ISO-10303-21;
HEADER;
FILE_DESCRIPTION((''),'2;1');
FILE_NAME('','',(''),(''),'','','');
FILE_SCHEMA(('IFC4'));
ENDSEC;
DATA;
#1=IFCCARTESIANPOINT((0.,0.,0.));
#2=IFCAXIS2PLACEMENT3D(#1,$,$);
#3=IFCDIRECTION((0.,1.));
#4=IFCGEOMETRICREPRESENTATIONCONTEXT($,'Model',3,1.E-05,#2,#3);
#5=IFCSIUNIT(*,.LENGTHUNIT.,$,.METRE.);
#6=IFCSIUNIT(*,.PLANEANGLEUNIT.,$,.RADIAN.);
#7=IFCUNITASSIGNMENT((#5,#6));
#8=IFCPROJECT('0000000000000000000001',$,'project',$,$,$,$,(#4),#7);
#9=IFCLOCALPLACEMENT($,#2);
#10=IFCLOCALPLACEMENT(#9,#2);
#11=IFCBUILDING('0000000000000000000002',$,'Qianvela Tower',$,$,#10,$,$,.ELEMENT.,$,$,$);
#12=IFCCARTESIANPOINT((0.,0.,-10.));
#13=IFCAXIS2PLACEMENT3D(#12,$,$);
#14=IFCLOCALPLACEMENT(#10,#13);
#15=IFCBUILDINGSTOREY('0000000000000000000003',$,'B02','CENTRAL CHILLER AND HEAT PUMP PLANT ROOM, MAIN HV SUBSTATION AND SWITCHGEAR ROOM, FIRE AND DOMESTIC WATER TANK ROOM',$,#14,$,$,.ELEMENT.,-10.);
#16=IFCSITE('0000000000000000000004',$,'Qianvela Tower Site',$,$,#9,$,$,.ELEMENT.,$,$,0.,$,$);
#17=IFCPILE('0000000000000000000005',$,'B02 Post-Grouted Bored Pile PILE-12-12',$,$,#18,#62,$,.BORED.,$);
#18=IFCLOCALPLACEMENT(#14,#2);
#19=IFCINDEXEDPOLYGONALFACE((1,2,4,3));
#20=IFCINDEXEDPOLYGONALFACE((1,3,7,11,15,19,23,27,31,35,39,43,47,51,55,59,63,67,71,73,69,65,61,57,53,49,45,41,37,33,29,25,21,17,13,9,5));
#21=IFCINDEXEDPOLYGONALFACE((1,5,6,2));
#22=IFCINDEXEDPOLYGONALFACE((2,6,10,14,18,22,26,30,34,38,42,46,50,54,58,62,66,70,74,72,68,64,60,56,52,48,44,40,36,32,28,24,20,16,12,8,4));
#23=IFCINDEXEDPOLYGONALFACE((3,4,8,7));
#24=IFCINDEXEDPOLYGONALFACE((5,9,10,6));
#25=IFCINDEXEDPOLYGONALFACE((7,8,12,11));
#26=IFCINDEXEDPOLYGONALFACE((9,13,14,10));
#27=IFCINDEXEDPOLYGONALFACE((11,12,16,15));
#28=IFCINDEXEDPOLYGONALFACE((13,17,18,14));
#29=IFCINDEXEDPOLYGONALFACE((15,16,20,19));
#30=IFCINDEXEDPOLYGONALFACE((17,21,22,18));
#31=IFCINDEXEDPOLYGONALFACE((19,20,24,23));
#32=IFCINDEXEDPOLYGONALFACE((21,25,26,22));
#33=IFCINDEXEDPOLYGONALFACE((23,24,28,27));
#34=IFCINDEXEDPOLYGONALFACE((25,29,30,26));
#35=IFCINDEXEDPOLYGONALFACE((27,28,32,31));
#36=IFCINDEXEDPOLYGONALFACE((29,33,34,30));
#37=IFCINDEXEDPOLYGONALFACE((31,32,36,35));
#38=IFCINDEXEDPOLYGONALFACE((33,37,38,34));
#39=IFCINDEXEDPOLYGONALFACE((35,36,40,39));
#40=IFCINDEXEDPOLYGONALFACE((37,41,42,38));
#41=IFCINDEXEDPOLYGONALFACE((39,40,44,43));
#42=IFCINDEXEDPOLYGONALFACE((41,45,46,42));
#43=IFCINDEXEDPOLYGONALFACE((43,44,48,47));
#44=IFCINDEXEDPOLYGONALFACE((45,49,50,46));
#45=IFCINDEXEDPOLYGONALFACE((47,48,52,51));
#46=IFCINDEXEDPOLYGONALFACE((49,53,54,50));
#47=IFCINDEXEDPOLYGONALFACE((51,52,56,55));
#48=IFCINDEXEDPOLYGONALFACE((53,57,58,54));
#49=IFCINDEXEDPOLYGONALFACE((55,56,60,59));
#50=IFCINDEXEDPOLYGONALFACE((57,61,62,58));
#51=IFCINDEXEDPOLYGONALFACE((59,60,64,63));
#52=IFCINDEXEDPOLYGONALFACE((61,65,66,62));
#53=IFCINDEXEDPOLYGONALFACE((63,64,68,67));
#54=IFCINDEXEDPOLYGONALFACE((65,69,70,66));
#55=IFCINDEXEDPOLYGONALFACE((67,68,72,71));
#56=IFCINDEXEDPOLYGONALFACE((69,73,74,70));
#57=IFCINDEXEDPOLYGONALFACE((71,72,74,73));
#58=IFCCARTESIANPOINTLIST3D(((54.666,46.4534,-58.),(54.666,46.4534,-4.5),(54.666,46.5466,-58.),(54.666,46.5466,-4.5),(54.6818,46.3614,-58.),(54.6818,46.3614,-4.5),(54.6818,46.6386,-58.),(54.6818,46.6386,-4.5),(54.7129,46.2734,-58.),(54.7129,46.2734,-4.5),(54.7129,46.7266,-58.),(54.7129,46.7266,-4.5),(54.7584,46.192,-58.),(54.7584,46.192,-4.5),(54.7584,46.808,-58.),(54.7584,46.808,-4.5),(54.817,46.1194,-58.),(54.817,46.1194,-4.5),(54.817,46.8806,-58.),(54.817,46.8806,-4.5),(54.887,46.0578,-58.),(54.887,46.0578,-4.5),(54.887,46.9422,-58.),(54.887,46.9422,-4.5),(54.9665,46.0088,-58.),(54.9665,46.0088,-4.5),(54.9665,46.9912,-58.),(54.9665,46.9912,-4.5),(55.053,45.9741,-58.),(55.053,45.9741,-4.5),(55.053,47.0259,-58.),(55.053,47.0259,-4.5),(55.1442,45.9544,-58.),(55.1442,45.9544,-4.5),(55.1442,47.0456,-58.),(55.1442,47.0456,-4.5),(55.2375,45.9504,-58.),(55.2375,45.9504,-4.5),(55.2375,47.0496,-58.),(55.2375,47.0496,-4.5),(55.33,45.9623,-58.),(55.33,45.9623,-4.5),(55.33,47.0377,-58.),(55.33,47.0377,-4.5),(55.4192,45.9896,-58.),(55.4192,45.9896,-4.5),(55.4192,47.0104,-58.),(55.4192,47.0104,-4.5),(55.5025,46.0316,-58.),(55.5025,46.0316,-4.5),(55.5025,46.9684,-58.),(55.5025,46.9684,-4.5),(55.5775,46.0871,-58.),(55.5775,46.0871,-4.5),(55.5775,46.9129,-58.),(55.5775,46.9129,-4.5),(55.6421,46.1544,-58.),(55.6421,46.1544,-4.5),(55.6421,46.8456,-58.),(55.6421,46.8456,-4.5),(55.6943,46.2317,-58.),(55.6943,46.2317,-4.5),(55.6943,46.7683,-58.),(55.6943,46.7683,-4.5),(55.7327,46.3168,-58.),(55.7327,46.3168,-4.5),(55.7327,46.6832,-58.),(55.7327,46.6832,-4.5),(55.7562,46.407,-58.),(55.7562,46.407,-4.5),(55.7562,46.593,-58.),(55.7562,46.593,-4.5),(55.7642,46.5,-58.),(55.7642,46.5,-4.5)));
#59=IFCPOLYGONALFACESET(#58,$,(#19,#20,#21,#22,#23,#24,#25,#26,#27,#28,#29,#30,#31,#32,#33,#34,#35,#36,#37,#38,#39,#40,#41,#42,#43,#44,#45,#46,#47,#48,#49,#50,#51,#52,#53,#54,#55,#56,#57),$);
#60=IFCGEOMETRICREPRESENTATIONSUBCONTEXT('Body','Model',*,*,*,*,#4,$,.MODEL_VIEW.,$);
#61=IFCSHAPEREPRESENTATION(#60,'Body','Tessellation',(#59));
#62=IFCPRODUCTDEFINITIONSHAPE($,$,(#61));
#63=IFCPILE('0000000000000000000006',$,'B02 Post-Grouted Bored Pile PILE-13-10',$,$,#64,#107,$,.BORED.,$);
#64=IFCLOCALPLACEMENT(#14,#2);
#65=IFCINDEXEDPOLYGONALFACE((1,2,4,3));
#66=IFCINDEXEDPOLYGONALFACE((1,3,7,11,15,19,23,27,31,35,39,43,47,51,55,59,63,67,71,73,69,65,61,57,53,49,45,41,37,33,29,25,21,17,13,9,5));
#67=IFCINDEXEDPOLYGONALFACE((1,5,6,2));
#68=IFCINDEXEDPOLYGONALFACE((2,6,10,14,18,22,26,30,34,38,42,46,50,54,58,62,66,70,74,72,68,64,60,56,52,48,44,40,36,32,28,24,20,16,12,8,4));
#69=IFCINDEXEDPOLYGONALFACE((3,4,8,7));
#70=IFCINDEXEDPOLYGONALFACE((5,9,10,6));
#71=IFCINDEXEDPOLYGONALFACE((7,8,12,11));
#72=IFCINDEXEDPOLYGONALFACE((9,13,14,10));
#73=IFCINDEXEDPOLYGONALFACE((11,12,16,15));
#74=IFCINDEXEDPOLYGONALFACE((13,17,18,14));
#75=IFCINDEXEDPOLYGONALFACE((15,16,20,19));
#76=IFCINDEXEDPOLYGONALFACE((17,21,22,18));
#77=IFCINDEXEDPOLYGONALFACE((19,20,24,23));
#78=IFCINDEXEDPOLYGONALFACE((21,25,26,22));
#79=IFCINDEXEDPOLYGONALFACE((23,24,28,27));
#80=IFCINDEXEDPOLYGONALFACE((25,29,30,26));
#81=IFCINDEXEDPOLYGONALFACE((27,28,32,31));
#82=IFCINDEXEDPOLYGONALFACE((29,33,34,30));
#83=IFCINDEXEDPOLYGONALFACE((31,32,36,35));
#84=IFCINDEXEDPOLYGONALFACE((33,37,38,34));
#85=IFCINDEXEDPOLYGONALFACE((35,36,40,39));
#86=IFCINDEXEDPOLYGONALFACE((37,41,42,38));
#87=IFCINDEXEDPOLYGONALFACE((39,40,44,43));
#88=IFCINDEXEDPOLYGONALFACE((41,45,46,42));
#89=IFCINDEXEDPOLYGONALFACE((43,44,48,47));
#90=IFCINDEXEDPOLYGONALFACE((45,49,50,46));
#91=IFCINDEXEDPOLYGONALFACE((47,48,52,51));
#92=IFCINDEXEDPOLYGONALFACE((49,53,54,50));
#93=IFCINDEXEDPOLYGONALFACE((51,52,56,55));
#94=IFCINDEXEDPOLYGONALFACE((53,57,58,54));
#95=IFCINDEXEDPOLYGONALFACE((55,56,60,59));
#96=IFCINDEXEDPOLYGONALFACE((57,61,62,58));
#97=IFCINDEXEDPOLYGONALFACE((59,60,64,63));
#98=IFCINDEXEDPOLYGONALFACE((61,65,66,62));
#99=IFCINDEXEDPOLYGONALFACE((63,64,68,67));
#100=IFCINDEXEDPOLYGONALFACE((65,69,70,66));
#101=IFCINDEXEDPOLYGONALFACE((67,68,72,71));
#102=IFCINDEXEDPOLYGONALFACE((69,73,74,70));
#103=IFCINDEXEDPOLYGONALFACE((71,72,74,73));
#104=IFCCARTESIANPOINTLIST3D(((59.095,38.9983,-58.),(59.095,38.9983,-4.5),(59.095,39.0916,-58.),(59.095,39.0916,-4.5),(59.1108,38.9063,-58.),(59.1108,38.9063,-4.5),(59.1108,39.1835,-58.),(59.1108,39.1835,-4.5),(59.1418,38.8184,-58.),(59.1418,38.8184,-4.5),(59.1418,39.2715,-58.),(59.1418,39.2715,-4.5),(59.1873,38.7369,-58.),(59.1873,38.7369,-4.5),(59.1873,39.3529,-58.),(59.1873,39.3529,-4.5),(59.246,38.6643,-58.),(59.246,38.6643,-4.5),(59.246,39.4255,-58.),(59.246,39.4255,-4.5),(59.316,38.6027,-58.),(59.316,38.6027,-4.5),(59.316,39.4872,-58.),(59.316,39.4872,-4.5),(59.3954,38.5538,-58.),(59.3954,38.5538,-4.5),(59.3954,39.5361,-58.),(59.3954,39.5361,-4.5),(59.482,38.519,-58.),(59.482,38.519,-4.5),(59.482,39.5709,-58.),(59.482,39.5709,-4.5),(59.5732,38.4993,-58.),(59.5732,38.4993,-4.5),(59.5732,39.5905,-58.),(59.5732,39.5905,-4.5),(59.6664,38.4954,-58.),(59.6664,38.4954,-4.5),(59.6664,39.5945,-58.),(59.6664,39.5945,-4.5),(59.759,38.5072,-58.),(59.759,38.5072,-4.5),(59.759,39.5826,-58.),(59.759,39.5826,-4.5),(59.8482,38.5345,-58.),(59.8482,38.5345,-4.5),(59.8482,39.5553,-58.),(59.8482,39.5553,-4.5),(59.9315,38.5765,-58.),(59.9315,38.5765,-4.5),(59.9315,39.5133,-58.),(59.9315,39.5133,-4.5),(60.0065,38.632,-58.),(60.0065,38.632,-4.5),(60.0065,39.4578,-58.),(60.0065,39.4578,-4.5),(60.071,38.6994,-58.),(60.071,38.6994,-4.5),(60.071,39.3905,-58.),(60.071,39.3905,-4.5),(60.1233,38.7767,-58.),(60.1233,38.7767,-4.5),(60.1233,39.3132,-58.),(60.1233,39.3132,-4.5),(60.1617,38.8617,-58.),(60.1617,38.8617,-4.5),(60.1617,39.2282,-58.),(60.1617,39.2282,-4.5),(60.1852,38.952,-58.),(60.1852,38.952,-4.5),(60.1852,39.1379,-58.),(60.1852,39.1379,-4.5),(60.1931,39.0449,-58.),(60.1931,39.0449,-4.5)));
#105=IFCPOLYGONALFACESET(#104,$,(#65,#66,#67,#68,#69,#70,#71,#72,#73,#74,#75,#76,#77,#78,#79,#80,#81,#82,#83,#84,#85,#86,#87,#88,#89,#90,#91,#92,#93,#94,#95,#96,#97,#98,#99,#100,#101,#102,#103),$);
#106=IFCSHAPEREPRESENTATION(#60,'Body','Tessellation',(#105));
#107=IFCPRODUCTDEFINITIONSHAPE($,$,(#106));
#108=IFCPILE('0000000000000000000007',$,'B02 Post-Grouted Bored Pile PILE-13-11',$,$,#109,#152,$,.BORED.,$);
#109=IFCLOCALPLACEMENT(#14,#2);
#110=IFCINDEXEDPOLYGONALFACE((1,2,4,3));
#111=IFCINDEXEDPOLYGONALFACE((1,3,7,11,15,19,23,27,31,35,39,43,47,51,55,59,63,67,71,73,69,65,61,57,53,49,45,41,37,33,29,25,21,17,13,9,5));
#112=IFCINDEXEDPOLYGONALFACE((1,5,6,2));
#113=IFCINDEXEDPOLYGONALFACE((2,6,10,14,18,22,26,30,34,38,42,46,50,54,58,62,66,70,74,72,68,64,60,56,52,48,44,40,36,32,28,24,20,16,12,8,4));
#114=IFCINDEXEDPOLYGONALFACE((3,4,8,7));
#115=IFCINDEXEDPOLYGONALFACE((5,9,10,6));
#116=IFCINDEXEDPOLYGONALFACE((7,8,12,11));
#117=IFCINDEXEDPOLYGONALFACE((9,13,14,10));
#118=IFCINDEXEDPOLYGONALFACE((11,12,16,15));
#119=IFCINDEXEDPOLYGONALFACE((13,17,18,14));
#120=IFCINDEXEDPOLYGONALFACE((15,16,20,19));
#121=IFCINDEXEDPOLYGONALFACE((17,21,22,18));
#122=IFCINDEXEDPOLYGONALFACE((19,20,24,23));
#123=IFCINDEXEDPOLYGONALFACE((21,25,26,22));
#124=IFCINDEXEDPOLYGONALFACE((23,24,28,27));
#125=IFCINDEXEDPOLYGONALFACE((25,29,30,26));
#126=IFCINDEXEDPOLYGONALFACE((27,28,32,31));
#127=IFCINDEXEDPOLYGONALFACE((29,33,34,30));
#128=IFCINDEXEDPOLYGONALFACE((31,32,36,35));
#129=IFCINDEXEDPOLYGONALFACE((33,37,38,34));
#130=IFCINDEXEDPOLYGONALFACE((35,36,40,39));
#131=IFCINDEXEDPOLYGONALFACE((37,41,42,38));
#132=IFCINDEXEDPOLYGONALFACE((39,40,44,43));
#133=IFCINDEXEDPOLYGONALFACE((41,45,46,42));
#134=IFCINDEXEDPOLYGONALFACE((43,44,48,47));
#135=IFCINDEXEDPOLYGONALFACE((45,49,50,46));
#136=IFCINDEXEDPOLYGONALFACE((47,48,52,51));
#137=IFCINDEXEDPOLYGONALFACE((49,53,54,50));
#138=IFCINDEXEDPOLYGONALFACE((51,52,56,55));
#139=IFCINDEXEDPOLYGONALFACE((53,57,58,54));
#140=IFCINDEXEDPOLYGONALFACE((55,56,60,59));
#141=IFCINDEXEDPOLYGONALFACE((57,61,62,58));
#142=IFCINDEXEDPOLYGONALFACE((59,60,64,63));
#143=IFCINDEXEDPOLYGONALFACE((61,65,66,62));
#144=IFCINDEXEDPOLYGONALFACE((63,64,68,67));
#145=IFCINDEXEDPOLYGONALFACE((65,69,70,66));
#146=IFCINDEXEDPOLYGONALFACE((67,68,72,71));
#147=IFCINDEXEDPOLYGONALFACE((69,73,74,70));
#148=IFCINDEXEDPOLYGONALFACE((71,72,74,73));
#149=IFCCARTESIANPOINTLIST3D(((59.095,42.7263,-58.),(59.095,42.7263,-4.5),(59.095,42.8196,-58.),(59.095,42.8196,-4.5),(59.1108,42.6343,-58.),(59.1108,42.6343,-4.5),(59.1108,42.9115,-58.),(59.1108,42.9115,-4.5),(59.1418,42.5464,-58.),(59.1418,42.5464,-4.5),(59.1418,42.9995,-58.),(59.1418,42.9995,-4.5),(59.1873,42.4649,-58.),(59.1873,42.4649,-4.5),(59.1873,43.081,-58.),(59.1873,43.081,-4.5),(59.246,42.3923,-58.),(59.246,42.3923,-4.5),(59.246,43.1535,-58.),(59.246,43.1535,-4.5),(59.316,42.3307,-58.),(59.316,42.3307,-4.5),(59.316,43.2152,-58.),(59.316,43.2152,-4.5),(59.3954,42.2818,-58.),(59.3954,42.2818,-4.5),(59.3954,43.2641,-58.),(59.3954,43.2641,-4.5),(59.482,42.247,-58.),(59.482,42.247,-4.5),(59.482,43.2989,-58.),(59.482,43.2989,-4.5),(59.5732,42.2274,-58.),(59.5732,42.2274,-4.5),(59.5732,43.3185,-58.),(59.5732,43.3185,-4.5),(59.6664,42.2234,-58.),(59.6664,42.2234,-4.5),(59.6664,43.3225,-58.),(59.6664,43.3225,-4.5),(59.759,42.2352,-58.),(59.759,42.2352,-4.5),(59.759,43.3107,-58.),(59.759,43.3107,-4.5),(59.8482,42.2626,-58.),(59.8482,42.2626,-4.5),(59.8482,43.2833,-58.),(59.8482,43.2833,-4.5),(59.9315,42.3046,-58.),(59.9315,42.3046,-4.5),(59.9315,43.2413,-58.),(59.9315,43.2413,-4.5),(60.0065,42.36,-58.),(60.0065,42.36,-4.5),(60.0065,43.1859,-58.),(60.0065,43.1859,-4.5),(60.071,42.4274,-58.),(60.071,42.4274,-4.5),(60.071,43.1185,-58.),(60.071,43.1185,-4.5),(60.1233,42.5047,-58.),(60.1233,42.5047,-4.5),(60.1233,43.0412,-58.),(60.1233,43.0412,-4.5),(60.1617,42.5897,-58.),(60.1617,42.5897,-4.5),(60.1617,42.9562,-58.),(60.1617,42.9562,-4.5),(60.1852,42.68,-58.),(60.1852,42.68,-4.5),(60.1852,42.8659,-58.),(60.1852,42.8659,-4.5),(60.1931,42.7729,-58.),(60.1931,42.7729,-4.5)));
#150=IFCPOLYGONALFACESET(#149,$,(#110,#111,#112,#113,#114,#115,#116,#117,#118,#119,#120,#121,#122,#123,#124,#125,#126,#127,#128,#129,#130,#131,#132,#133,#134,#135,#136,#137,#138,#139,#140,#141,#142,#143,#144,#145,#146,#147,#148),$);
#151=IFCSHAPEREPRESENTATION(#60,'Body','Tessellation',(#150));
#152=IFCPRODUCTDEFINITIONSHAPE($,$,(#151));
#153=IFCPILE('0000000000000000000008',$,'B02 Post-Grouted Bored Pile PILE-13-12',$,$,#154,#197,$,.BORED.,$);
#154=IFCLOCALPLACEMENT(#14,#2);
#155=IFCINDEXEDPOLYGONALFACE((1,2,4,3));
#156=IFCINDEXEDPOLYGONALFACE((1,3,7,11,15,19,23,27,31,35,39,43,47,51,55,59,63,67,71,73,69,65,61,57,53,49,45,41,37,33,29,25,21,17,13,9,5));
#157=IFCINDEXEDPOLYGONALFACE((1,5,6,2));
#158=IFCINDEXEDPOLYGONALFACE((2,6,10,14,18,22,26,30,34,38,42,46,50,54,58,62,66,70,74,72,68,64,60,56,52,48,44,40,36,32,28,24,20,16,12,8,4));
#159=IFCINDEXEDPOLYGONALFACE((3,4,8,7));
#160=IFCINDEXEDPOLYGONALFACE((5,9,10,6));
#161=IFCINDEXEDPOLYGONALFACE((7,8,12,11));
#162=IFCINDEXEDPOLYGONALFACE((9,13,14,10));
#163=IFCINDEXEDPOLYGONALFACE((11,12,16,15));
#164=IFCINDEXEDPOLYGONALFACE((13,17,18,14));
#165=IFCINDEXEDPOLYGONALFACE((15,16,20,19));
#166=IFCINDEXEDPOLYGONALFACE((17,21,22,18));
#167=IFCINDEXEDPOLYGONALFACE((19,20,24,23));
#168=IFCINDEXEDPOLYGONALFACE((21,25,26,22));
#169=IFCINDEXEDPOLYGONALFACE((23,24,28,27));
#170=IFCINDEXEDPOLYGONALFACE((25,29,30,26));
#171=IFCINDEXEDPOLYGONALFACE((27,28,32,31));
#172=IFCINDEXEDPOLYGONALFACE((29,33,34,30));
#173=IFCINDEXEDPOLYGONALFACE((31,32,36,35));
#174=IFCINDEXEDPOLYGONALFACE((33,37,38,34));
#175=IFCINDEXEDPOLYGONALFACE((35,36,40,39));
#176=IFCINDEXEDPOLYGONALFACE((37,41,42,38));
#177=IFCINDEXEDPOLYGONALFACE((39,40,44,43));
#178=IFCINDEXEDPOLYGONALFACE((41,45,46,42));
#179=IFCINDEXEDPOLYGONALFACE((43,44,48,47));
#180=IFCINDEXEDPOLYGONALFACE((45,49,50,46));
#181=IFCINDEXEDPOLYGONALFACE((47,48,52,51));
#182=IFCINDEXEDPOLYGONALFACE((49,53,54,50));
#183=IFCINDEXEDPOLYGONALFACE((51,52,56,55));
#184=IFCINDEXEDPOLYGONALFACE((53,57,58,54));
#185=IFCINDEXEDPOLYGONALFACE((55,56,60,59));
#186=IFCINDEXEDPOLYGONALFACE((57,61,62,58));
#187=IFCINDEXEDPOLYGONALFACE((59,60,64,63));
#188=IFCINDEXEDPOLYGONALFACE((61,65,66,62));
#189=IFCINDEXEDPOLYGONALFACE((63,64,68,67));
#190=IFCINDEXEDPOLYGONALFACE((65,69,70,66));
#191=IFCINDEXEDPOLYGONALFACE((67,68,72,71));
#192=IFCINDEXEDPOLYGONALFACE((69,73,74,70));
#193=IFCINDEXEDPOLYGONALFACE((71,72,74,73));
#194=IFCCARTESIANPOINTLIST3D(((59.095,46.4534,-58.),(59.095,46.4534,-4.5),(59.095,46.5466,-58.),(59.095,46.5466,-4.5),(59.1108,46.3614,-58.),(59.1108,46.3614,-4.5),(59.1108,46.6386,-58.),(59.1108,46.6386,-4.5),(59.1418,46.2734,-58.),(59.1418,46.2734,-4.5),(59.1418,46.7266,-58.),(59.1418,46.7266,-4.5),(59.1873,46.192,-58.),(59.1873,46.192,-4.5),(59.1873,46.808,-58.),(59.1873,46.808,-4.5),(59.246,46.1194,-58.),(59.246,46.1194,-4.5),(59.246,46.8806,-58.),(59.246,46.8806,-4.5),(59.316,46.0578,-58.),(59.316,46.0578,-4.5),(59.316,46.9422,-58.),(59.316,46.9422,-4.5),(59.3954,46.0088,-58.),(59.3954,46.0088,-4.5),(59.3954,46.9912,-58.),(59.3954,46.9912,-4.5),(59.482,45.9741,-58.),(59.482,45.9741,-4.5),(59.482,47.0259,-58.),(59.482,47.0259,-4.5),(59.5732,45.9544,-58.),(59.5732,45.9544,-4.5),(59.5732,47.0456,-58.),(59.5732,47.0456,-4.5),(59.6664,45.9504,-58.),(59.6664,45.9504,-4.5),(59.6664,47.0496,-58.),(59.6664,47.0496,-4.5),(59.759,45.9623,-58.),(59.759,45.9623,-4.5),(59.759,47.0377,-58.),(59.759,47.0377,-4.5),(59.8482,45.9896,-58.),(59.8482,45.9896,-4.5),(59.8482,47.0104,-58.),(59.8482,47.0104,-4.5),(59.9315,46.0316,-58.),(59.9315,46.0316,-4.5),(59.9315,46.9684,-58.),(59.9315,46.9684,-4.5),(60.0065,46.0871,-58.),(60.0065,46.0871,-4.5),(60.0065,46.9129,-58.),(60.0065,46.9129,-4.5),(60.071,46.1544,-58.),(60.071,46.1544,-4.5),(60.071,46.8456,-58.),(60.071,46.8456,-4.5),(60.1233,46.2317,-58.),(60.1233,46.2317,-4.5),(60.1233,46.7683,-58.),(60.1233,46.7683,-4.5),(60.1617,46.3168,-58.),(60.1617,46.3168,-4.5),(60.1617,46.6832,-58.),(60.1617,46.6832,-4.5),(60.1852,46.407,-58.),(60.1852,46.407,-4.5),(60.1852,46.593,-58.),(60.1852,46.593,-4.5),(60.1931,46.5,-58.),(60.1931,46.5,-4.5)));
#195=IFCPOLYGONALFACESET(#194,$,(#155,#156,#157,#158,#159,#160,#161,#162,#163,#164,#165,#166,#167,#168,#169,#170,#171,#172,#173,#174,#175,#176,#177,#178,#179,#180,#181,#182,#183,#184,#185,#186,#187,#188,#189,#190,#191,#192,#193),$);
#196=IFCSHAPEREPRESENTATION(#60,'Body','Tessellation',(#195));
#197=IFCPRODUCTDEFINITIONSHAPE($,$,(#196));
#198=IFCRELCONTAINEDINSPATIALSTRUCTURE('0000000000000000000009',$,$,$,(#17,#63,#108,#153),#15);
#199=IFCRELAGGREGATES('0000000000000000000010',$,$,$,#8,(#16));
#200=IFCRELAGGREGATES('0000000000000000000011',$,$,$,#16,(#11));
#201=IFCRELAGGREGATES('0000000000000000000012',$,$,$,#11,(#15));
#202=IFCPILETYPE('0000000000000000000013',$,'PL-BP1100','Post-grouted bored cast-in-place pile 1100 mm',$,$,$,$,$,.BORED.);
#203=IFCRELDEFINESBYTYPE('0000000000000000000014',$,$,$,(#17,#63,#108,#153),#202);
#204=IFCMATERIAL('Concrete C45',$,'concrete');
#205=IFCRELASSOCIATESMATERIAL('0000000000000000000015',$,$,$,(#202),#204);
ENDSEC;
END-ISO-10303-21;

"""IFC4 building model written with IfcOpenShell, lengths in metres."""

from ifc_helpers import new_model, si_unit, direction, frame, origin, origin_2d, place, context, subcontext, project, spatial, circle, extrude, material, material_profile, profile_set, type_object, element, save


model = new_model("IFC4")

# Units and contexts
model_context = context("Model", 3, precision=1e-05, world=origin(), true_north=direction((0.0, 1.0)))
body_context = subcontext(model_context, "Body", "Model", "MODEL_VIEW")
ifc_project = project(units=[si_unit("LENGTHUNIT", "METRE"), si_unit("PLANEANGLEUNIT", "RADIAN")], contexts=[model_context])

# Site, building, storey
site_placement = place(None, origin())
site = spatial("IfcSite", under=ifc_project, at=site_placement, Name="Qianvela Tower Site", CompositionType="ELEMENT", RefElevation=0.0)
building_placement = place(site_placement, origin())
building = spatial("IfcBuilding", under=site, at=building_placement, Name="Qianvela Tower", CompositionType="ELEMENT")
storey_placement = place(building_placement, frame((0.0, 0.0, -10.0)))
storey = spatial("IfcBuildingStorey", under=building, at=storey_placement, Name="B02", Description="CENTRAL CHILLER AND HEAT PUMP PLANT ROOM, MAIN HV SUBSTATION AND SWITCHGEAR ROOM, FIRE AND DOMESTIC WATER TANK ROOM", CompositionType="ELEMENT", Elevation=-10.0)

# Piles
ifc_material_1 = material(Name="Concrete C45", Category="concrete")
ifc_material_profile_1 = material_profile(ifc_material_1, circle(Radius=0.55, at=origin_2d()), Name="BP-1100")
ifc_profile_set_1 = profile_set([ifc_material_profile_1], Name="Concrete C45")
pile_type_1 = type_object("IfcPileType", Name="PL-BP1100", Description="Post-grouted bored cast-in-place pile 1100 mm", PredefinedType="BORED", material=ifc_profile_set_1)
for number, where, z_axis, x_axis, name in (
    (1, (55.2141, 46.5, -4.5), (0.0, 0.0, -1.0), (1.0, 0.0, 0.0), "B02 Post-Grouted Bored Pile PILE-12-12"),
    (2, (59.6431, 39.0449, -4.5), (0.0, 0.0, -1.0), (1.0, 0.0, 0.0), "B02 Post-Grouted Bored Pile PILE-13-10"),
    (3, (59.6431, 42.7729, -4.5), (0.0, 0.0, -1.0), (1.0, 0.0, 0.0), "B02 Post-Grouted Bored Pile PILE-13-11"),
    (4, (59.6431, 46.5, -4.5), (0.0, 0.0, -1.0), (1.0, 0.0, 0.0), "B02 Post-Grouted Bored Pile PILE-13-12"),
):
    element("IfcPile", number, at=place(storey_placement, frame(where, z_axis=z_axis, x_axis=x_axis)), inside=storey, type_object=pile_type_1, Name=name, PredefinedType="BORED", context=body_context, shape_type="SweptSolid", body=[
        extrude(circle(Radius=0.55, at=origin_2d()), origin(), (0.0, 0.0, 1.0), 53.5),
    ])

save(model, "model.ifc")
